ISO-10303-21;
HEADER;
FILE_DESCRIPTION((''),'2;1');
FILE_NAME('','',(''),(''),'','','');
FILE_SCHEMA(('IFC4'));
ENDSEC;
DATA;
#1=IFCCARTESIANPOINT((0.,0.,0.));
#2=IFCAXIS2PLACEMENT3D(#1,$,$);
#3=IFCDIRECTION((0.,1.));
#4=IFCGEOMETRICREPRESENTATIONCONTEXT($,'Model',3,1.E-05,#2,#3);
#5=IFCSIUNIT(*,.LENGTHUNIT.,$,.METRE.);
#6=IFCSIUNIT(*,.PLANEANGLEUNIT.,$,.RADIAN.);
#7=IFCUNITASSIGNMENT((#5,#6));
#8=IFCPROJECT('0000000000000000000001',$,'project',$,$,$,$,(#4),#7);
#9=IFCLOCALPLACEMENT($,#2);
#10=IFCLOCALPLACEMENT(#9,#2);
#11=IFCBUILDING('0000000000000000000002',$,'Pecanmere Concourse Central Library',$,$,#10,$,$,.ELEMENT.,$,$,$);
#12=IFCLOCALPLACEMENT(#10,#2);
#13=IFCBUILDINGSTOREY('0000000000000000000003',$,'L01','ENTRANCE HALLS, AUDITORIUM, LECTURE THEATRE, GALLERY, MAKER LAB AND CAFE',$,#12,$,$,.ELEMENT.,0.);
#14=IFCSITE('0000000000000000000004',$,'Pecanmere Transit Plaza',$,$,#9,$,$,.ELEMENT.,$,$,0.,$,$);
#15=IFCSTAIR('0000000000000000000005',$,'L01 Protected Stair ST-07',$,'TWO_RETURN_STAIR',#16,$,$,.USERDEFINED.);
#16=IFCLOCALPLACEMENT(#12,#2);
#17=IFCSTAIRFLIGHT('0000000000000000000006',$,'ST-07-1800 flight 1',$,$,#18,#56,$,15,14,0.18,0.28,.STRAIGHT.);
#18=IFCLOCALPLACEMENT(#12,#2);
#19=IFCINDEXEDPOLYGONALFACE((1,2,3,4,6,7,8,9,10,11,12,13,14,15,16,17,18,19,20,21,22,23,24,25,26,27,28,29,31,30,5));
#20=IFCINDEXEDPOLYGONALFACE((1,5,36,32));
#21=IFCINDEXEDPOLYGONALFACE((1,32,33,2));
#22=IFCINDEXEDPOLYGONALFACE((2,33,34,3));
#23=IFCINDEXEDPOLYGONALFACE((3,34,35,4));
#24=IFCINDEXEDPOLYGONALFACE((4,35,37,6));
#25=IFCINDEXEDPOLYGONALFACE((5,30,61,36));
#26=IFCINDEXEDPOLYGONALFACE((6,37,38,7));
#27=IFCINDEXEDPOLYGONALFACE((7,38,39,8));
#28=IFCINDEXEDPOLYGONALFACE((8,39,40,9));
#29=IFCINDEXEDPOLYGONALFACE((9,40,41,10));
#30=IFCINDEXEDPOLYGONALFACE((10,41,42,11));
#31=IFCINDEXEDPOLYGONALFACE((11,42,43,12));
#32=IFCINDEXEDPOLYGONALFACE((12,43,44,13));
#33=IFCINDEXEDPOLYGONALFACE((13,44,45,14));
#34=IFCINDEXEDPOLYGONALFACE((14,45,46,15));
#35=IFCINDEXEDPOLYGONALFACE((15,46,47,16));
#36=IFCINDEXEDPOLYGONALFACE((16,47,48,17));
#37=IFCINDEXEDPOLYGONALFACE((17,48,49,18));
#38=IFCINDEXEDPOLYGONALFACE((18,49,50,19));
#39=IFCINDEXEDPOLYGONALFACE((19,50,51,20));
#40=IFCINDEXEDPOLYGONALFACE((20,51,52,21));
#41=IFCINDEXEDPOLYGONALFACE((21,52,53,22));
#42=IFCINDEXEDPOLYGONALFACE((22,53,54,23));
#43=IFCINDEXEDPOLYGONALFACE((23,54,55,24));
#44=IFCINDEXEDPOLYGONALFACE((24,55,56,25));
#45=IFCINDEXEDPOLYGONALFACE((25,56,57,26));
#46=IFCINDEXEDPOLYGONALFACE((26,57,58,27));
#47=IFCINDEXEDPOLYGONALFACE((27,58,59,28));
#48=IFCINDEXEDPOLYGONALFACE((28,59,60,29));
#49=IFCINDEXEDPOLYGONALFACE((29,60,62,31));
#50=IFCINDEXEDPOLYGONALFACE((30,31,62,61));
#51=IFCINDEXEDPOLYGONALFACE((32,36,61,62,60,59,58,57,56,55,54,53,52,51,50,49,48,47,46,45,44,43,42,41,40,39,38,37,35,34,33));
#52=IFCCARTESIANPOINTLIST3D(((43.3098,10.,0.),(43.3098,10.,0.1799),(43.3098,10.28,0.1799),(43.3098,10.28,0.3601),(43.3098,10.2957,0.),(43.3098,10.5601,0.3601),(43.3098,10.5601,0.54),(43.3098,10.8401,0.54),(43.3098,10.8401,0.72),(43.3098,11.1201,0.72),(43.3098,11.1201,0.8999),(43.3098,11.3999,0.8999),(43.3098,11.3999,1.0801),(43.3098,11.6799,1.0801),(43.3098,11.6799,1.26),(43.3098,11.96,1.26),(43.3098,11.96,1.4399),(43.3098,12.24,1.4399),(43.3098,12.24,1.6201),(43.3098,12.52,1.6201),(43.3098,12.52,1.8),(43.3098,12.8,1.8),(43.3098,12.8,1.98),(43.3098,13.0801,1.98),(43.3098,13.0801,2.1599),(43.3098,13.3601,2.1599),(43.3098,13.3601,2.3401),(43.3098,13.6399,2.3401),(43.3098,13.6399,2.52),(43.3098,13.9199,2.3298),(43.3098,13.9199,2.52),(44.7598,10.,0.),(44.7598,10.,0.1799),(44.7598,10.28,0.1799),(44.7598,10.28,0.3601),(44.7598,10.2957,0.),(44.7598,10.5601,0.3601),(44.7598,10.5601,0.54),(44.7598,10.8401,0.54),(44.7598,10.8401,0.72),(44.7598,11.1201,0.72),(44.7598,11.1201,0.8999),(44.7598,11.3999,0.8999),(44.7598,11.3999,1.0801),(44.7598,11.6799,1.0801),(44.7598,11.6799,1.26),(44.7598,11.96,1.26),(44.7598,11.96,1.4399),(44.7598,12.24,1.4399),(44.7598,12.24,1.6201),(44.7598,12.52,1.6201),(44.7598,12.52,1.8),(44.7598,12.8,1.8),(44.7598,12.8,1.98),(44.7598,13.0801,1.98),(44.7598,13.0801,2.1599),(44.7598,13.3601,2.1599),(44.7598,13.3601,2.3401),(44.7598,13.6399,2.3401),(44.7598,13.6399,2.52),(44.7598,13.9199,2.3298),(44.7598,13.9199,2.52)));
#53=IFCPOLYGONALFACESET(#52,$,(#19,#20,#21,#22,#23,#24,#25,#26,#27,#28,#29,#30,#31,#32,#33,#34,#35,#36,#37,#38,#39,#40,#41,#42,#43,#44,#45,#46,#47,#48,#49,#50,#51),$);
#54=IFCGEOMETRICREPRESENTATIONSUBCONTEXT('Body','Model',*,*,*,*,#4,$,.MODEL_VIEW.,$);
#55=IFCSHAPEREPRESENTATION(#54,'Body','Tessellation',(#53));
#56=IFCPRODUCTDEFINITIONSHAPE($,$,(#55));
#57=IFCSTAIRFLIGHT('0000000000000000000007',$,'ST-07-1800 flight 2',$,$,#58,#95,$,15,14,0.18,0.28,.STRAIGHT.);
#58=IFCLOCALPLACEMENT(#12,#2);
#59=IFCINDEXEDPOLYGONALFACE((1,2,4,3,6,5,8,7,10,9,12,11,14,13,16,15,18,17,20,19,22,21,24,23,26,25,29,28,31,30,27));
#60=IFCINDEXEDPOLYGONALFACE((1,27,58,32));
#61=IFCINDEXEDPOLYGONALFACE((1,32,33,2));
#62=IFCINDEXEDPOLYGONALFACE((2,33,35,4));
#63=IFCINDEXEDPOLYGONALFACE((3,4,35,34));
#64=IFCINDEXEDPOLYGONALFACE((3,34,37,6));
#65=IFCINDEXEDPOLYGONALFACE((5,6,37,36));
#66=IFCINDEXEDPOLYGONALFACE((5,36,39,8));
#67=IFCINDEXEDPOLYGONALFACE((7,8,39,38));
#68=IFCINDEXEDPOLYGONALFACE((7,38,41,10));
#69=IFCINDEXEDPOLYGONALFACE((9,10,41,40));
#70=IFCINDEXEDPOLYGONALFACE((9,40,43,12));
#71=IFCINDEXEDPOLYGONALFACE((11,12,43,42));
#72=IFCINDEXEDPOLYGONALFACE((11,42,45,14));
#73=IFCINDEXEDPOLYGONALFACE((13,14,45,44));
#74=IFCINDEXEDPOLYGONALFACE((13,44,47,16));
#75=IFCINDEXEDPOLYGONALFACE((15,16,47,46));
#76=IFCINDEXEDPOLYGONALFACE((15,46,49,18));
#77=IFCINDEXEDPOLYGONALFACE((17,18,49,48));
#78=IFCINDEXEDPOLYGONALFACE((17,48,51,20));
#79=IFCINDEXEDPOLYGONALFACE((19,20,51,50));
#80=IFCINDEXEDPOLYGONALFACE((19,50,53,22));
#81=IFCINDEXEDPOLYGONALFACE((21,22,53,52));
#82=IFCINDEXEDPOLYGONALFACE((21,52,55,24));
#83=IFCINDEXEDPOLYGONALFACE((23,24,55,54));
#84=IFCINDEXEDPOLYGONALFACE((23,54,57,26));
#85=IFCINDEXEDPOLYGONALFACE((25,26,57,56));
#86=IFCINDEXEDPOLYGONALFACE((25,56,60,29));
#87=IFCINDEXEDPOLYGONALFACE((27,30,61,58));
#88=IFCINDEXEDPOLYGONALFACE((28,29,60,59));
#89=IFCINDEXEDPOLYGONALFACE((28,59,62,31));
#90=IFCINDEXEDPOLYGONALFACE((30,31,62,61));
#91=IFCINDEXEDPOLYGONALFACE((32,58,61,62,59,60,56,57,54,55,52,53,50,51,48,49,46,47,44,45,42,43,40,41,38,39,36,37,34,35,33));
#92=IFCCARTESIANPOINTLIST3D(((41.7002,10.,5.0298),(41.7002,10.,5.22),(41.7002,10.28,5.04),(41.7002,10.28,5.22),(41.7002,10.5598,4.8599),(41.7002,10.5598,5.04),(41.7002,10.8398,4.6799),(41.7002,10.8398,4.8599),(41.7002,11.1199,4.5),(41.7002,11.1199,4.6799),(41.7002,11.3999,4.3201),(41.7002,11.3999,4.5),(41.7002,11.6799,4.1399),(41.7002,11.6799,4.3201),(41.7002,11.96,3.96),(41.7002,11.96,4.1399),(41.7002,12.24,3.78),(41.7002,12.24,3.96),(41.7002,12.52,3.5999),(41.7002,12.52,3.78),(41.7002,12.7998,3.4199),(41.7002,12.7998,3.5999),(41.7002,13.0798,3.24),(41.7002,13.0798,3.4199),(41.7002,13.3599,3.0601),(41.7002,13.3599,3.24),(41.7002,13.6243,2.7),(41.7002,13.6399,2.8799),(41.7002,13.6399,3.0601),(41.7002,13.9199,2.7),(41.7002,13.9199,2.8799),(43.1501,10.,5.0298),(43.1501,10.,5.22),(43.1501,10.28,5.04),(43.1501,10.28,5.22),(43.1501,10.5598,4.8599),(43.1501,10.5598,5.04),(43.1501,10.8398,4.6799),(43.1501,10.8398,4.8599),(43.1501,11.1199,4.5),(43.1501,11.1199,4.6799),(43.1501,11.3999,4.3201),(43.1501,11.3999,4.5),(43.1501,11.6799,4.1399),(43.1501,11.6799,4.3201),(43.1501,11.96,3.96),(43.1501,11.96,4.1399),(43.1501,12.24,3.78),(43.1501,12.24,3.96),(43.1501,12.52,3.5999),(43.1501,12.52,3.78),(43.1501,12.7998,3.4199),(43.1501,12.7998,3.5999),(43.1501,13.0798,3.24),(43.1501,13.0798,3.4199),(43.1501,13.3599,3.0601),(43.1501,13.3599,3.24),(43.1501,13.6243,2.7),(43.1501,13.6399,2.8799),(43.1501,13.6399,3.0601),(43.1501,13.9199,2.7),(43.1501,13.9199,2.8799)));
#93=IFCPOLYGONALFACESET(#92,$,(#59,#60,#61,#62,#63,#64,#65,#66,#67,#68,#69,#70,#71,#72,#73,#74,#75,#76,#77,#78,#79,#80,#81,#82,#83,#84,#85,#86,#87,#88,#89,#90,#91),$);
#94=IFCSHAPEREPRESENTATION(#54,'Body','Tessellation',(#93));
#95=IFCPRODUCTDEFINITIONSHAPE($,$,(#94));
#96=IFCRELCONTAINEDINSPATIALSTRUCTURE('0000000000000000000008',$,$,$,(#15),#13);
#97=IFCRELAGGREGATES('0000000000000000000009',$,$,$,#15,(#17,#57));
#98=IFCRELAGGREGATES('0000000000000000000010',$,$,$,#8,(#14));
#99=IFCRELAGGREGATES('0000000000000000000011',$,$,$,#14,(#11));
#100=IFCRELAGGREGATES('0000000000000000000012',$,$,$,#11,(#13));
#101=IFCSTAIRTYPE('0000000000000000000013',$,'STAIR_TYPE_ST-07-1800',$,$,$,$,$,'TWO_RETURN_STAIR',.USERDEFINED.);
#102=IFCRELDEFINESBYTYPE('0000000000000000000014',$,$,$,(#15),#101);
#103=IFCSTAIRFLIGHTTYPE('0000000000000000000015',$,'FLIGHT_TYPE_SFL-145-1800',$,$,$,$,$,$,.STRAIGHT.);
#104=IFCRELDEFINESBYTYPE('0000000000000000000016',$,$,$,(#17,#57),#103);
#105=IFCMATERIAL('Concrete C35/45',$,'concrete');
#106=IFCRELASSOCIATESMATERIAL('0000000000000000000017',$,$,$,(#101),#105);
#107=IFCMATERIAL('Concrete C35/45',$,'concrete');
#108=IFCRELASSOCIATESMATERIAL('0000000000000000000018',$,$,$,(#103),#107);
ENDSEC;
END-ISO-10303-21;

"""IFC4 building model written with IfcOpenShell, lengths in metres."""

from ifc_helpers import new_model, si_unit, direction, frame, origin, place, context, subcontext, project, spatial, polyline, outline, extrude, material, type_object, element, aggregate, save


model = new_model("IFC4")

# Units and contexts
model_context = context("Model", 3, precision=1e-05, world=origin(), true_north=direction((0.0, 1.0)))
body_context = subcontext(model_context, "Body", "Model", "MODEL_VIEW")
ifc_project = project(units=[si_unit("LENGTHUNIT", "METRE"), si_unit("PLANEANGLEUNIT", "RADIAN")], contexts=[model_context])

# Site, building, storey
site_placement = place(None, origin())
site = spatial("IfcSite", under=ifc_project, at=site_placement, Name="Pecanmere Transit Plaza", CompositionType="ELEMENT", RefElevation=0.0)
building_placement = place(site_placement, origin())
building = spatial("IfcBuilding", under=site, at=building_placement, Name="Pecanmere Concourse Central Library", CompositionType="ELEMENT")
storey_placement = place(building_placement, origin())
storey = spatial("IfcBuildingStorey", under=building, at=storey_placement, Name="L01", Description="ENTRANCE HALLS, AUDITORIUM, LECTURE THEATRE, GALLERY, MAKER LAB AND CAFE", CompositionType="ELEMENT", Elevation=0.0)

# Stair, stair flights
ifc_material_1 = material(Name="Concrete C35/45", Category="concrete")
stair_type = type_object("IfcStairType", Name="STAIR_TYPE_ST-07-1800", ElementType="TWO_RETURN_STAIR", PredefinedType="USERDEFINED", material=ifc_material_1)
stair_placement = place(storey_placement, origin())
stair = element("IfcStair", 1, at=stair_placement, inside=storey, type_object=stair_type, Name="L01 Protected Stair ST-07", ObjectType="TWO_RETURN_STAIR", PredefinedType="USERDEFINED")
ifc_material_2 = material(Name="Concrete C35/45", Category="concrete")
stair_flight_type = type_object("IfcStairFlightType", Name="FLIGHT_TYPE_SFL-145-1800", PredefinedType="STRAIGHT", material=ifc_material_2)
stair_flight_1_placement = place(storey_placement, frame((44.0349, 10.0, 0.0), z_axis=(0.0, 0.0, 1.0), x_axis=(0.0, 1.0, 0.0)))
stair_flight_1 = element("IfcStairFlight", 2, at=stair_flight_1_placement, type_object=stair_flight_type, Name="ST-07-1800 flight 1", NumberOfRisers=15, NumberOfTreads=14, PredefinedType="STRAIGHT", RiserHeight=0.18, TreadLength=0.28, context=body_context, shape_type="SweptSolid", body=[
    extrude(outline(polyline([(0.0, 0.0), (0.0, 0.1799), (0.28, 0.1799), (0.28, 0.3601), (0.5601, 0.3601), (0.5601, 0.54), (0.8401, 0.54), (0.8401, 0.72), (1.1201, 0.72), (1.1201, 0.8999), (1.3999, 0.8999), (1.3999, 1.0801), (1.6799, 1.0801), (1.6799, 1.26), (1.96, 1.26), (1.96, 1.4399), (2.24, 1.4399), (2.24, 1.6201), (2.52, 1.6201), (2.52, 1.8), (2.8, 1.8), (2.8, 1.98), (3.0801, 1.98), (3.0801, 2.1599), (3.3601, 2.1599), (3.3601, 2.3401), (3.6399, 2.3401), (3.6399, 2.52), (3.9199, 2.52), (3.9199, 2.7), (3.9199, 2.3298), (0.2957, 0.0), (0.0, 0.0)])), frame((0.0, 0.7251, 0.0), z_axis=(0.0, -1.0, 0.0), x_axis=(1.0, 0.0, 0.0)), (0.0, 0.0, 1.0), 1.45),
])
stair_flight_2_placement = place(storey_placement, frame((42.425, 13.9199, 2.7), z_axis=(0.0, 0.0, 1.0), x_axis=(0.0, -1.0, 0.0)))
stair_flight_2 = element("IfcStairFlight", 3, at=stair_flight_2_placement, type_object=stair_flight_type, Name="ST-07-1800 flight 2", NumberOfRisers=15, NumberOfTreads=14, PredefinedType="STRAIGHT", RiserHeight=0.18, TreadLength=0.28, context=body_context, shape_type="SweptSolid", body=[
    extrude(outline(polyline([(0.0, 0.0), (0.0, 0.1799), (0.28, 0.1799), (0.28, 0.3601), (0.5601, 0.3601), (0.5601, 0.54), (0.8401, 0.54), (0.8401, 0.72), (1.1201, 0.72), (1.1201, 0.8999), (1.3999, 0.8999), (1.3999, 1.0801), (1.6799, 1.0801), (1.6799, 1.26), (1.96, 1.26), (1.96, 1.4399), (2.24, 1.4399), (2.24, 1.6201), (2.52, 1.6201), (2.52, 1.8), (2.8, 1.8), (2.8, 1.98), (3.0801, 1.98), (3.0801, 2.1599), (3.3601, 2.1599), (3.3601, 2.3401), (3.6399, 2.3401), (3.6399, 2.52), (3.9199, 2.52), (3.9199, 2.7), (3.9199, 2.3298), (0.2957, 0.0), (0.0, 0.0)])), frame((0.0, 0.7251, 0.0), z_axis=(0.0, -1.0, 0.0), x_axis=(1.0, 0.0, 0.0)), (0.0, 0.0, 1.0), 1.45),
])
aggregate(stair, [stair_flight_1, stair_flight_2])

save(model, "model.ifc")
